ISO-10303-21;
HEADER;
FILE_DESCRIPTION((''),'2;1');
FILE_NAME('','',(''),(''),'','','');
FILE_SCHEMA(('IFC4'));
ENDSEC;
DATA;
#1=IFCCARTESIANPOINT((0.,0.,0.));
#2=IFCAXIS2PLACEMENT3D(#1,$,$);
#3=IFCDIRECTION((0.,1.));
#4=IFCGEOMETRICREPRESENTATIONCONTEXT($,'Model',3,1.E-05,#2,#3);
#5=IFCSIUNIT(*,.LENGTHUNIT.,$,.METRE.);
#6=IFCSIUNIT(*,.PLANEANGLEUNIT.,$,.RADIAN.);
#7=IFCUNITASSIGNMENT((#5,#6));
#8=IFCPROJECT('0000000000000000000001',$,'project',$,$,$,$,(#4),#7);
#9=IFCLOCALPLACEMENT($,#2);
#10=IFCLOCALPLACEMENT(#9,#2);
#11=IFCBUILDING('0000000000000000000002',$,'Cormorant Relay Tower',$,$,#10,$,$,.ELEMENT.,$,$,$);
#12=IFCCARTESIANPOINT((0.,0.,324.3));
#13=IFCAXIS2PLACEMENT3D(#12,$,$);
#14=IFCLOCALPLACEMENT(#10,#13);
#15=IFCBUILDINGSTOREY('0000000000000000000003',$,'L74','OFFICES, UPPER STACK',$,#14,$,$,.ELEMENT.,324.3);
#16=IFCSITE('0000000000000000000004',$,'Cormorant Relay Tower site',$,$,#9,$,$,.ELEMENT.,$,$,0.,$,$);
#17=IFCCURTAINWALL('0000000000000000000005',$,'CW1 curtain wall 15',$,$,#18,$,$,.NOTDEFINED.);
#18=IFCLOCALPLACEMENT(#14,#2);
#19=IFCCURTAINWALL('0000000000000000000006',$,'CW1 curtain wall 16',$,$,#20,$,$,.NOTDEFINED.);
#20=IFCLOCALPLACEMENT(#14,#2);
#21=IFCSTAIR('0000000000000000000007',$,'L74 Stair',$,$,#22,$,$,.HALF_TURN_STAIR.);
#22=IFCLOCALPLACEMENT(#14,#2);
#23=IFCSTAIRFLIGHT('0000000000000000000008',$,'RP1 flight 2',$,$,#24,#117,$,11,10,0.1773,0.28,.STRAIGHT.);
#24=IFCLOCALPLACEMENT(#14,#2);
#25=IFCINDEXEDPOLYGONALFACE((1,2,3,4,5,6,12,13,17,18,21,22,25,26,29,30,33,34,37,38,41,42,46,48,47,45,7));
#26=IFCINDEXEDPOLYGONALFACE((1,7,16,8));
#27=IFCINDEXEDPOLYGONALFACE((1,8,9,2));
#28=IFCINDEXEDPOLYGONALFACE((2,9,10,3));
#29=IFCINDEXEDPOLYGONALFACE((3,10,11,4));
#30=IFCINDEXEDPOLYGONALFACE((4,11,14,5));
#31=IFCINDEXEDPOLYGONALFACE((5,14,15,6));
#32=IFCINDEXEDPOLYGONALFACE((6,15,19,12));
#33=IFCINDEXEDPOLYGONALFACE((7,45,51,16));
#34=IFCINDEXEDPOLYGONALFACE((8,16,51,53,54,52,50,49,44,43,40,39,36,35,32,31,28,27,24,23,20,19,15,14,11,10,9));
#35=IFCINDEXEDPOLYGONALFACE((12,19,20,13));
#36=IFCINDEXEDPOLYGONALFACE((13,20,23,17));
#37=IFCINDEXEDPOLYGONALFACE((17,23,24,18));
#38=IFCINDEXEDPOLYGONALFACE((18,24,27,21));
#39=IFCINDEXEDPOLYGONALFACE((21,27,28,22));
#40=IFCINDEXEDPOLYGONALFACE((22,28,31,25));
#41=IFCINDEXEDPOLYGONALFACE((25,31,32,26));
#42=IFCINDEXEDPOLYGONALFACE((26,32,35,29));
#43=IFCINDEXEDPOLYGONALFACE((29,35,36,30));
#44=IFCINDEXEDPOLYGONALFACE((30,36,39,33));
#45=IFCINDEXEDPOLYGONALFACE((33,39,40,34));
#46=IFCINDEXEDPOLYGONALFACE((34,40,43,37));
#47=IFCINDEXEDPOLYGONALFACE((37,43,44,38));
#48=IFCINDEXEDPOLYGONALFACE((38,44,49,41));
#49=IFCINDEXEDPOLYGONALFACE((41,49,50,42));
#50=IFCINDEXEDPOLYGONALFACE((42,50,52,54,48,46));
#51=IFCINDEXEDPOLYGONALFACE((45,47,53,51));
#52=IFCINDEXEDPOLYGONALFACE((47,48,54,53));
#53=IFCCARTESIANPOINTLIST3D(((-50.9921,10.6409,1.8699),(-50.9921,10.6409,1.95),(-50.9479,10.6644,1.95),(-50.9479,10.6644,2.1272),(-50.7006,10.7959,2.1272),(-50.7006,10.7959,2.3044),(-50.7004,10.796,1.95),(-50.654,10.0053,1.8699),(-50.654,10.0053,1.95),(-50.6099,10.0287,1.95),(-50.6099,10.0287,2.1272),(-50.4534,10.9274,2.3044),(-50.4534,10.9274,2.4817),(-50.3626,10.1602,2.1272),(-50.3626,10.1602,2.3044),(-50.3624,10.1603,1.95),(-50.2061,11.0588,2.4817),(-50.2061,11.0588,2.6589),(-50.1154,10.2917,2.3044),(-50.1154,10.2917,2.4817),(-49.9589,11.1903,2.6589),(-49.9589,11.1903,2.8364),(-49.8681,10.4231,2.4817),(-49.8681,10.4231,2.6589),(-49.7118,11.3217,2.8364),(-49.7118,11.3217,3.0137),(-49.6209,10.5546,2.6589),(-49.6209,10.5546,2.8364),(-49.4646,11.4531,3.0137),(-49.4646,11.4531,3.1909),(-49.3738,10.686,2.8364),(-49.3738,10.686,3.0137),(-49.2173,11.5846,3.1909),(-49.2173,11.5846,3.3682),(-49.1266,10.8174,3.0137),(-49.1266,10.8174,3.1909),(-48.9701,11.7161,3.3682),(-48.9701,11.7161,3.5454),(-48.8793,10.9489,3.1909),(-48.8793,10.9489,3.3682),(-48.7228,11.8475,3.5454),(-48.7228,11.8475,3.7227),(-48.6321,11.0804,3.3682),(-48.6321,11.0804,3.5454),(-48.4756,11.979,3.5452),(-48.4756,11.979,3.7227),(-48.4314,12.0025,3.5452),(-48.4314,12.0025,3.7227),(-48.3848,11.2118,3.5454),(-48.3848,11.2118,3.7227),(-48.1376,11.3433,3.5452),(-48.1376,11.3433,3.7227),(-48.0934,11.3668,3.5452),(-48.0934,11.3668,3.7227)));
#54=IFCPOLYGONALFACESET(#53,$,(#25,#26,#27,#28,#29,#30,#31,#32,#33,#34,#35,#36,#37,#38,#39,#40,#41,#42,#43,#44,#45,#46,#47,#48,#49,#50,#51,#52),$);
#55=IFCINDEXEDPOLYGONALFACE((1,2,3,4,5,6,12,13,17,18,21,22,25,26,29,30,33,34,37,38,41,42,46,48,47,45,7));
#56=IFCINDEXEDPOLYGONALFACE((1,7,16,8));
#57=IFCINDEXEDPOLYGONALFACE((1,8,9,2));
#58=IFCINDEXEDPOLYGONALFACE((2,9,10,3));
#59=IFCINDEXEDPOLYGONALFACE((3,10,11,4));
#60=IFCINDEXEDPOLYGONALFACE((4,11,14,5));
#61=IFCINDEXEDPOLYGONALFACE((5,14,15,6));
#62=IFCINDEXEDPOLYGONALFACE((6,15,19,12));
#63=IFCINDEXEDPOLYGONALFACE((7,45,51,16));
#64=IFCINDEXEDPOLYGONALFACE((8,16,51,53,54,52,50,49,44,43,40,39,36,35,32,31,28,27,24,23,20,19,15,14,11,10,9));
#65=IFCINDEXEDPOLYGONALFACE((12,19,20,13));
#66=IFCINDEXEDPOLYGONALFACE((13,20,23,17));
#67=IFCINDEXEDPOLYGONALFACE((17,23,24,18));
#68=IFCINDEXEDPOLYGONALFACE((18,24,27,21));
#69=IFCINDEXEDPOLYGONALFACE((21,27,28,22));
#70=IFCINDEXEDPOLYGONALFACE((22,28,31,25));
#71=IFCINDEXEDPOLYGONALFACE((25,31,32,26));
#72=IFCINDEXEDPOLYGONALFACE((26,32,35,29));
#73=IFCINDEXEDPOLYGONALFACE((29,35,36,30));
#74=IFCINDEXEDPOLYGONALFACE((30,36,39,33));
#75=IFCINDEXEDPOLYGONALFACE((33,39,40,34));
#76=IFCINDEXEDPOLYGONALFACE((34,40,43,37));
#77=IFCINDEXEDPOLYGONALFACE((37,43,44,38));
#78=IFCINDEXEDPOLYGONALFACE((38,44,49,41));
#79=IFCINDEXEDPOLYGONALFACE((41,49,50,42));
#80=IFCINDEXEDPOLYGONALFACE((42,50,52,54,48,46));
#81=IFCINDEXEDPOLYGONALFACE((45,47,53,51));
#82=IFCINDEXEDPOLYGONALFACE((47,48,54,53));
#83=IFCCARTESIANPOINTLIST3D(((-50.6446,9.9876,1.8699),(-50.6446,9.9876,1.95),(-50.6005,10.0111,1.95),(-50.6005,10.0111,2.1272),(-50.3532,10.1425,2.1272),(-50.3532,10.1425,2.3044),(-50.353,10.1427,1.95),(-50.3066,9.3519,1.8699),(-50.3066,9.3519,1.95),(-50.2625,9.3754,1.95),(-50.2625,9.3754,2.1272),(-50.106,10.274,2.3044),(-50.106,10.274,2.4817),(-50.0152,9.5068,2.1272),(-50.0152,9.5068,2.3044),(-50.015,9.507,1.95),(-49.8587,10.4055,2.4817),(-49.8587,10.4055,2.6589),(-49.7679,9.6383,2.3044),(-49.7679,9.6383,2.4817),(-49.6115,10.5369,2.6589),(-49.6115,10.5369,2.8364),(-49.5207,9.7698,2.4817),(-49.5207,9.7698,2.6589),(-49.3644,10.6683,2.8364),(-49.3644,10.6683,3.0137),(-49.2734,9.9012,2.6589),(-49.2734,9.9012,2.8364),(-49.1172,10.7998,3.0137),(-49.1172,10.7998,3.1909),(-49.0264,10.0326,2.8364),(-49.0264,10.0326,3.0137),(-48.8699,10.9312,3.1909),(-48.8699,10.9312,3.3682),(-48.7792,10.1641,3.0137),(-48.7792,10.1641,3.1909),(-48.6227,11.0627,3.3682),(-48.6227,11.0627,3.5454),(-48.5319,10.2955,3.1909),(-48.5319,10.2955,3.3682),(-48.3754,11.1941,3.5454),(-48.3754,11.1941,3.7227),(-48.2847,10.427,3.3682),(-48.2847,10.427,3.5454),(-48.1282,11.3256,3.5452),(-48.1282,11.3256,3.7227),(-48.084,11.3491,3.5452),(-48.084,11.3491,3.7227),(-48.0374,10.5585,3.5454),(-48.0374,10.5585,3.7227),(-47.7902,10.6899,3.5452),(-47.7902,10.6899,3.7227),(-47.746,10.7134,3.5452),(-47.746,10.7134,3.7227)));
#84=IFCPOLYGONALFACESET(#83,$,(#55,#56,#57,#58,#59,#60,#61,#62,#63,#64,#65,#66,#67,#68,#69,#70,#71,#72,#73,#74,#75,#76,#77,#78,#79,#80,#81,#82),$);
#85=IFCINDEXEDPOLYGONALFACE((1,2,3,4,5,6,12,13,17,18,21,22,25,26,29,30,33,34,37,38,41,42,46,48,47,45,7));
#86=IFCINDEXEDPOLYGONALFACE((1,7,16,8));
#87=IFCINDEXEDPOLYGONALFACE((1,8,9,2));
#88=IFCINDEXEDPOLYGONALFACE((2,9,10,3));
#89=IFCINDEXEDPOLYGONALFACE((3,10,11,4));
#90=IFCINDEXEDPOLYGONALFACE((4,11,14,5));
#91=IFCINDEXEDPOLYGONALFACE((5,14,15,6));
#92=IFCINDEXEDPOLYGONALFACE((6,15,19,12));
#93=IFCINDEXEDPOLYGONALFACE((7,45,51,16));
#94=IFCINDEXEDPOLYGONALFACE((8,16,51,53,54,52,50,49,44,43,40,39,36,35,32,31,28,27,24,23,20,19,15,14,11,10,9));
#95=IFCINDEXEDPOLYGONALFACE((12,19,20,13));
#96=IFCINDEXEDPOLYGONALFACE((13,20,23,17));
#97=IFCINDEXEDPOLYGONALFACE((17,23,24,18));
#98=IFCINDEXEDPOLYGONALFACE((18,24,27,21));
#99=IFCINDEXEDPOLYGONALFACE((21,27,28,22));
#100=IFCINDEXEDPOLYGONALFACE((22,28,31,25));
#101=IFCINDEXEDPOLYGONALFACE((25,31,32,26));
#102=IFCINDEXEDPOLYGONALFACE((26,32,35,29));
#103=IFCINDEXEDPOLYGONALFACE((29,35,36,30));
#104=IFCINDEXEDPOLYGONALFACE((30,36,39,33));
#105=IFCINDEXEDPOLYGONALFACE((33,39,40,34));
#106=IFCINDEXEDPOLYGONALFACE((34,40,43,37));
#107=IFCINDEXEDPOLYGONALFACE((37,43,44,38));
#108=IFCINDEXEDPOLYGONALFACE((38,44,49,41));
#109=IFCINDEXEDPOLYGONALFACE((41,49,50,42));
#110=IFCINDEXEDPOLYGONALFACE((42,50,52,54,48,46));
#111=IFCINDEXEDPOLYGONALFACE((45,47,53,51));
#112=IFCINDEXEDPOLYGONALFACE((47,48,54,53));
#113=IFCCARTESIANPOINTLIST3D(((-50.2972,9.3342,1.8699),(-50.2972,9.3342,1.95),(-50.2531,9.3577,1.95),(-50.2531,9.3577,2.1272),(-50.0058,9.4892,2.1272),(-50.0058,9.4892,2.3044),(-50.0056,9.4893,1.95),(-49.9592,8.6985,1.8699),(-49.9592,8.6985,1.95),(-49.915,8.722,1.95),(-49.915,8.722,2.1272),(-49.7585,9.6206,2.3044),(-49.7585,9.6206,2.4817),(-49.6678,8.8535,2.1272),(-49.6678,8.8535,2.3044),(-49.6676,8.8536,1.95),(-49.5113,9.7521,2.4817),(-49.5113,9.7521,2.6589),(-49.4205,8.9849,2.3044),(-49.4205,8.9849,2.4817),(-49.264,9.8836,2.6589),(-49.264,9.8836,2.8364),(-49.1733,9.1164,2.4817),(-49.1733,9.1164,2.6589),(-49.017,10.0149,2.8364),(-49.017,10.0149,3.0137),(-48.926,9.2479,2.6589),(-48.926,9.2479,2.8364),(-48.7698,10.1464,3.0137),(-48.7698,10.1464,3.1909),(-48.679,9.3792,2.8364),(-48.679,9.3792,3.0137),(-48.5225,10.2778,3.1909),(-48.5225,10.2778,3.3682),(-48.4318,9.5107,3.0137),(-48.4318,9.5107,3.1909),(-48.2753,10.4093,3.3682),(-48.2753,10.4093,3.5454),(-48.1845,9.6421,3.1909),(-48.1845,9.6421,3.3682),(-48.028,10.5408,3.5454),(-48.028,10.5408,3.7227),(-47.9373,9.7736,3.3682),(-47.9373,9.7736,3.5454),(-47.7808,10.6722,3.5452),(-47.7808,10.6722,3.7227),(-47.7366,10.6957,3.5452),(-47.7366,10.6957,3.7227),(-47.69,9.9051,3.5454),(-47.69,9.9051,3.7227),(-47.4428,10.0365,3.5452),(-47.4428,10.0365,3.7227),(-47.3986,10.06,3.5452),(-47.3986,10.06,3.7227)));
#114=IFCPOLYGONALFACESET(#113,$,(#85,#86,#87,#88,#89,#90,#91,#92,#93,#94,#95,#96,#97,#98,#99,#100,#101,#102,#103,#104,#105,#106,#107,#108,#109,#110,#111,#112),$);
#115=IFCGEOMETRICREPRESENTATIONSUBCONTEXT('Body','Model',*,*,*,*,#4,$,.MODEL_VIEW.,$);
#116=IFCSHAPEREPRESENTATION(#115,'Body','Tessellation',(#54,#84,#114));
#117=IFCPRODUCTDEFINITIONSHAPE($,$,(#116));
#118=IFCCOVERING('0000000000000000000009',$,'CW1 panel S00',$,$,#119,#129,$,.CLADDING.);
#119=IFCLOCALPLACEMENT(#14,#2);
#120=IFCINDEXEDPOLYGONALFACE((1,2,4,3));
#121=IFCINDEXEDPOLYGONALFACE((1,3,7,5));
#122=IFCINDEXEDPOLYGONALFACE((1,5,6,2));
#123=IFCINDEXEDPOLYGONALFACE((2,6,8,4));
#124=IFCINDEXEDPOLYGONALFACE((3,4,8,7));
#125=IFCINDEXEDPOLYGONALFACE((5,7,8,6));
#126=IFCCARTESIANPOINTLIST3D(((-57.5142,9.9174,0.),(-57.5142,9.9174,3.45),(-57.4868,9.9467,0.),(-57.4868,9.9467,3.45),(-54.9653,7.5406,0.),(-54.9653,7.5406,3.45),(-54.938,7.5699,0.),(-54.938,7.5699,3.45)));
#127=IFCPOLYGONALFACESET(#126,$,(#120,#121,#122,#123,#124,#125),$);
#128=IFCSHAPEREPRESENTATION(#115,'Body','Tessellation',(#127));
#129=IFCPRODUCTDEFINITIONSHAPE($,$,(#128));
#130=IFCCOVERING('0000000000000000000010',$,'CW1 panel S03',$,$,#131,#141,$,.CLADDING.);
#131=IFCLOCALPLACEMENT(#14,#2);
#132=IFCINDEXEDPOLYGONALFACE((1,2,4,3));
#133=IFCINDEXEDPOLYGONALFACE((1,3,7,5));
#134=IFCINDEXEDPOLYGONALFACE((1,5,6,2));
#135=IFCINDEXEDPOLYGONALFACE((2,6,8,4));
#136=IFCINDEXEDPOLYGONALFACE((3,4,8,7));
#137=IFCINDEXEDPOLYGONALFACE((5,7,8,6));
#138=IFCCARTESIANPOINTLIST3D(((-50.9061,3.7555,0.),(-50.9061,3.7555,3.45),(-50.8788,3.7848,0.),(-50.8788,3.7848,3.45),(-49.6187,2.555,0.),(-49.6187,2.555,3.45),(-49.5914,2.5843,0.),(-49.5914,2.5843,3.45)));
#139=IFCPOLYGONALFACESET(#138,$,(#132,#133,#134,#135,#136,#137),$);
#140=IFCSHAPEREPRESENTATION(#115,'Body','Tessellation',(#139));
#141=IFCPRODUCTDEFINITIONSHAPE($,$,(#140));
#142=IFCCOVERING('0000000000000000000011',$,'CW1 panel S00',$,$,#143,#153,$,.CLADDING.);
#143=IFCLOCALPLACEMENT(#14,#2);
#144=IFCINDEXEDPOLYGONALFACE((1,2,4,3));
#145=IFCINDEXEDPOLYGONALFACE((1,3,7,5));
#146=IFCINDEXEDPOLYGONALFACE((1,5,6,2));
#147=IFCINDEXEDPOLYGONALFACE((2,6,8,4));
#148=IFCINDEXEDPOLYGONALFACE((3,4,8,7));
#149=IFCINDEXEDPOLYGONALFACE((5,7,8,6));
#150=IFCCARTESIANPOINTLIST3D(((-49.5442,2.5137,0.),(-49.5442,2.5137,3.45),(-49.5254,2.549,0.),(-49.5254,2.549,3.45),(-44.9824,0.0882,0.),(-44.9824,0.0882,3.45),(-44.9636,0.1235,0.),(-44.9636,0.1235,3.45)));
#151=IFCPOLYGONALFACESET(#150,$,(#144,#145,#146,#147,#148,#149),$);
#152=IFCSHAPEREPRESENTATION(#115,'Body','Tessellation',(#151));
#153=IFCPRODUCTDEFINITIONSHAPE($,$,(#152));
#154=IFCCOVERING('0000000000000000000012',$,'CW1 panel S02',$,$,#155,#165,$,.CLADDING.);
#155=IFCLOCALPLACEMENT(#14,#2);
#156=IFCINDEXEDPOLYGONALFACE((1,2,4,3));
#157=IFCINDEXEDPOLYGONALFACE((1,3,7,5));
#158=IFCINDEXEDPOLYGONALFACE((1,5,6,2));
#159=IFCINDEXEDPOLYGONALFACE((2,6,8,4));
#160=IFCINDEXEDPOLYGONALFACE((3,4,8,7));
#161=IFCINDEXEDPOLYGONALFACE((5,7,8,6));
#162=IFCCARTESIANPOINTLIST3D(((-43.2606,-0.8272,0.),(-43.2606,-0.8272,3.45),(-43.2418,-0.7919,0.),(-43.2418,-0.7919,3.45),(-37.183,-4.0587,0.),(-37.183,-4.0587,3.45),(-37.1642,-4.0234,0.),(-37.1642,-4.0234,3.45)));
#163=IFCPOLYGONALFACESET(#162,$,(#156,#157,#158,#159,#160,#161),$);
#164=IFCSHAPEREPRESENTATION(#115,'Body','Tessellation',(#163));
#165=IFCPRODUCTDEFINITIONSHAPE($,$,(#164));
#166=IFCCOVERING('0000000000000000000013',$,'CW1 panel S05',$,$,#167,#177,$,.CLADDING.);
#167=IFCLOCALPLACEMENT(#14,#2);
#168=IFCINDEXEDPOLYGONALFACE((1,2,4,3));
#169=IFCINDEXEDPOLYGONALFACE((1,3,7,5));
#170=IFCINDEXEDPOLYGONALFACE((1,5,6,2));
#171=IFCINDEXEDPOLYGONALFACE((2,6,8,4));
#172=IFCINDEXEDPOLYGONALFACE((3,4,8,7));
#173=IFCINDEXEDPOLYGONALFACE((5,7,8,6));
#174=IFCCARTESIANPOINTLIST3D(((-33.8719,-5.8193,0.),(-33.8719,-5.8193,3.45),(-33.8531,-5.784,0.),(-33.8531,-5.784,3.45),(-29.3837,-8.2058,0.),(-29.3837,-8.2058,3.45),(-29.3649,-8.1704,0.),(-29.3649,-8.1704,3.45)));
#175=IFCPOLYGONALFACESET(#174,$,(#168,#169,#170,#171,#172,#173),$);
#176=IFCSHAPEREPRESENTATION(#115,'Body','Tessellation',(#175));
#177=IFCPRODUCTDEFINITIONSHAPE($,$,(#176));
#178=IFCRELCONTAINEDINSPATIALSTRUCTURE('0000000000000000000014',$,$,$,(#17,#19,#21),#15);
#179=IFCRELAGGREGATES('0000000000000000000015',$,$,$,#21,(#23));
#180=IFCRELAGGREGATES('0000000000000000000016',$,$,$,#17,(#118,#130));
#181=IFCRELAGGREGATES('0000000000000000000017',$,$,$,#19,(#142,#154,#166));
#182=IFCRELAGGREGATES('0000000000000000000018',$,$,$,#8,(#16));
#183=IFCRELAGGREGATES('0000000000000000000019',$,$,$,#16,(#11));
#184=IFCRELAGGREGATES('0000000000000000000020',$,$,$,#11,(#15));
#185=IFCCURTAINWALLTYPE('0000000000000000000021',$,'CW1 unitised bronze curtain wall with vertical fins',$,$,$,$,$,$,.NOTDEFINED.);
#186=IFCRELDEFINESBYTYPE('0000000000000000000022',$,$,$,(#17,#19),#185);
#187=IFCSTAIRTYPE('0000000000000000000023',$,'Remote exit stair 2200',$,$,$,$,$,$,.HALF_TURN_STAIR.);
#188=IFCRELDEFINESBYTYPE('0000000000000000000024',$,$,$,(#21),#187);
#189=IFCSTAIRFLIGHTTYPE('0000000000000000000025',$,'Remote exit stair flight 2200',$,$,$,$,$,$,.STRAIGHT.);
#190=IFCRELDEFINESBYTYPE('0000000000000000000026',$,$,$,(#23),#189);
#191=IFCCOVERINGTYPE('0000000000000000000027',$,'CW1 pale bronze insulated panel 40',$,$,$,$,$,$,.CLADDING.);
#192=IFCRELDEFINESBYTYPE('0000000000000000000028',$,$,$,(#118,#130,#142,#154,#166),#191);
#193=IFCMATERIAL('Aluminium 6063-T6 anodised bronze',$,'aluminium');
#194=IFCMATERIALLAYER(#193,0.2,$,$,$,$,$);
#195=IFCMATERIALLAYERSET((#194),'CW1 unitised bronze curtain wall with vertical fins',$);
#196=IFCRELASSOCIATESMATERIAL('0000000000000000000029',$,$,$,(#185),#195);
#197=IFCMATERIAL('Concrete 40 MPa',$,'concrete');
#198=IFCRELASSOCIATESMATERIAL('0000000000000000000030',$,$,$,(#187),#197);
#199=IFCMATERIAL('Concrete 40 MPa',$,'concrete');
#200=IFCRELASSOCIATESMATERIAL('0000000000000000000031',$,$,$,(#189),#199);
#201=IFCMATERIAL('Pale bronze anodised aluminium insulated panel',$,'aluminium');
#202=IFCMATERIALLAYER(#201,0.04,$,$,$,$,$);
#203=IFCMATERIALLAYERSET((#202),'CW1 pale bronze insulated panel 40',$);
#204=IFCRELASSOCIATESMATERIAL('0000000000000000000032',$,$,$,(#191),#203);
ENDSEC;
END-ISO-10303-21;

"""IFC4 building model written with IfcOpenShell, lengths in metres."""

from ifc_helpers import new_model, si_unit, direction, frame, origin, origin_2d, place, context, subcontext, project, spatial, polyline, rectangle, outline, extrude, material, layer, layer_set, type_object, element, aggregate, save


model = new_model("IFC4")

# Units and contexts
model_context = context("Model", 3, precision=1e-05, world=origin(), true_north=direction((0.0, 1.0)))
body_context = subcontext(model_context, "Body", "Model", "MODEL_VIEW")
ifc_project = project(units=[si_unit("LENGTHUNIT", "METRE"), si_unit("PLANEANGLEUNIT", "RADIAN")], contexts=[model_context])

# Site, building, storey
site_placement = place(None, origin())
site = spatial("IfcSite", under=ifc_project, at=site_placement, Name="Cormorant Relay Tower site", CompositionType="ELEMENT", RefElevation=0.0)
building_placement = place(site_placement, origin())
building = spatial("IfcBuilding", under=site, at=building_placement, Name="Cormorant Relay Tower", CompositionType="ELEMENT")
storey_placement = place(building_placement, frame((0.0, 0.0, 324.3)))
storey = spatial("IfcBuildingStorey", under=building, at=storey_placement, Name="L74", Description="OFFICES, UPPER STACK", CompositionType="ELEMENT", Elevation=324.3)

# Curtain walls
ifc_material_1 = material(Name="Aluminium 6063-T6 anodised bronze", Category="aluminium")
ifc_layer_1 = layer(ifc_material_1, 0.2)
ifc_layer_set_1 = layer_set([ifc_layer_1], Name="CW1 unitised bronze curtain wall with vertical fins")
curtain_wall_type = type_object("IfcCurtainWallType", Name="CW1 unitised bronze curtain wall with vertical fins", PredefinedType="NOTDEFINED", material=ifc_layer_set_1)
curtain_wall_1_placement = place(storey_placement, origin())
curtain_wall_1 = element("IfcCurtainWall", 1, at=curtain_wall_1_placement, inside=storey, type_object=curtain_wall_type, Name="CW1 curtain wall 15", PredefinedType="NOTDEFINED")
curtain_wall_2_placement = place(storey_placement, origin())
curtain_wall_2 = element("IfcCurtainWall", 2, at=curtain_wall_2_placement, inside=storey, type_object=curtain_wall_type, Name="CW1 curtain wall 16", PredefinedType="NOTDEFINED")

# Stair, stair flight
ifc_material_2 = material(Name="Concrete 40 MPa", Category="concrete")
stair_type = type_object("IfcStairType", Name="Remote exit stair 2200", PredefinedType="HALF_TURN_STAIR", material=ifc_material_2)
stair_placement = place(storey_placement, origin())
stair = element("IfcStair", 3, at=stair_placement, inside=storey, type_object=stair_type, Name="L74 Stair", PredefinedType="HALF_TURN_STAIR")
ifc_material_3 = material(Name="Concrete 40 MPa", Category="concrete")
stair_flight_type = type_object("IfcStairFlightType", Name="Remote exit stair flight 2200", PredefinedType="STRAIGHT", material=ifc_material_3)
stair_flight_placement = place(storey_placement, frame((-50.4314, 9.6931, 1.95), z_axis=(0.0, 0.0, 1.0), x_axis=(0.882948, 0.469472, 0.0)))
stair_flight = element("IfcStairFlight", 4, at=stair_flight_placement, type_object=stair_flight_type, Name="RP1 flight 2", NumberOfRisers=11, NumberOfTreads=10, PredefinedType="STRAIGHT", RiserHeight=0.1773, TreadLength=0.28, context=body_context, shape_type="SweptSolid", body=[
    extrude(outline(polyline([(-0.05, -0.0801), (-0.05, 0.0), (0.0, 0.0), (0.0, 0.1772), (0.28, 0.1772), (0.28, 0.3545), (0.5601, 0.3545), (0.5601, 0.5317), (0.8401, 0.5317), (0.8401, 0.709), (1.1201, 0.709), (1.1201, 0.8865), (1.3999, 0.8865), (1.3999, 1.0637), (1.6799, 1.0637), (1.6799, 1.241), (1.96, 1.241), (1.96, 1.4182), (2.24, 1.4182), (2.24, 1.5955), (2.52, 1.5955), (2.52, 1.7727), (2.8, 1.7727), (2.8501, 1.7727), (2.8501, 1.5952), (2.8, 1.5952), (0.2803, 0.0), (-0.05, -0.0801)])), frame((0.0, 1.1001, 0.0), z_axis=(0.0, -1.0, 0.0), x_axis=(1.0, 0.0, 0.0)), (0.0, 0.0, 1.0), 0.72),
    extrude(outline(polyline([(-0.05, -0.0801), (-0.05, 0.0), (0.0, 0.0), (0.0, 0.1772), (0.28, 0.1772), (0.28, 0.3545), (0.5601, 0.3545), (0.5601, 0.5317), (0.8401, 0.5317), (0.8401, 0.709), (1.1201, 0.709), (1.1201, 0.8865), (1.3999, 0.8865), (1.3999, 1.0637), (1.6799, 1.0637), (1.6799, 1.241), (1.96, 1.241), (1.96, 1.4182), (2.24, 1.4182), (2.24, 1.5955), (2.52, 1.5955), (2.52, 1.7727), (2.8, 1.7727), (2.8501, 1.7727), (2.8501, 1.5952), (2.8, 1.5952), (0.2803, 0.0), (-0.05, -0.0801)])), frame((0.0, 0.3601, 0.0), z_axis=(0.0, -1.0, 0.0), x_axis=(1.0, 0.0, 0.0)), (0.0, 0.0, 1.0), 0.72),
    extrude(outline(polyline([(-0.05, -0.0801), (-0.05, 0.0), (0.0, 0.0), (0.0, 0.1772), (0.28, 0.1772), (0.28, 0.3545), (0.5601, 0.3545), (0.5601, 0.5317), (0.8401, 0.5317), (0.8401, 0.709), (1.1201, 0.709), (1.1201, 0.8865), (1.3999, 0.8865), (1.3999, 1.0637), (1.6799, 1.0637), (1.6799, 1.241), (1.96, 1.241), (1.96, 1.4182), (2.24, 1.4182), (2.24, 1.5955), (2.52, 1.5955), (2.52, 1.7727), (2.8, 1.7727), (2.8501, 1.7727), (2.8501, 1.5952), (2.8, 1.5952), (0.2803, 0.0), (-0.05, -0.0801)])), frame((0.0, -0.3799, 0.0), z_axis=(0.0, -1.0, 0.0), x_axis=(1.0, 0.0, 0.0)), (0.0, 0.0, 1.0), 0.72),
])
aggregate(stair, [stair_flight])

# Coverings
ifc_material_4 = material(Name="Pale bronze anodised aluminium insulated panel", Category="aluminium")
ifc_layer_2 = layer(ifc_material_4, 0.04)
ifc_layer_set_2 = layer_set([ifc_layer_2], Name="CW1 pale bronze insulated panel 40")
covering_type = type_object("IfcCoveringType", Name="CW1 pale bronze insulated panel 40", PredefinedType="CLADDING", material=ifc_layer_set_2)
covering_1_placement = place(storey_placement, frame((-56.2261, 8.7437, 0.0), z_axis=(0.0, 0.0, 1.0), x_axis=(0.731354, -0.681998, 0.0)))
covering_1 = element("IfcCovering", 5, at=covering_1_placement, type_object=covering_type, Name="CW1 panel S00", PredefinedType="CLADDING", context=body_context, shape_type="SweptSolid", body=[
    extrude(rectangle(XDim=3.4851, YDim=0.04, at=origin_2d()), origin(), (0.0, 0.0, 1.0), 3.45),
])
covering_2_placement = place(storey_placement, frame((-50.2488, 3.1699, 0.0), z_axis=(0.0, 0.0, 1.0), x_axis=(0.731354, -0.681998, 0.0)))
covering_2 = element("IfcCovering", 6, at=covering_2_placement, type_object=covering_type, Name="CW1 panel S03", PredefinedType="CLADDING", context=body_context, shape_type="SweptSolid", body=[
    extrude(rectangle(XDim=1.7603, YDim=0.04, at=origin_2d()), origin(), (0.0, 0.0, 1.0), 3.45),
])
aggregate(curtain_wall_1, [covering_1, covering_2])
covering_3_placement = place(storey_placement, frame((-47.2539, 1.3186, 0.0), z_axis=(0.0, 0.0, 1.0), x_axis=(0.882948, -0.469472, 0.0)))
covering_3 = element("IfcCovering", 7, at=covering_3_placement, type_object=covering_type, Name="CW1 panel S00", PredefinedType="CLADDING", context=body_context, shape_type="SweptSolid", body=[
    extrude(rectangle(XDim=5.1665, YDim=0.04, at=origin_2d()), origin(), (0.0, 0.0, 1.0), 3.45),
])
covering_4_placement = place(storey_placement, frame((-40.2124, -2.4253, 0.0), z_axis=(0.0, 0.0, 1.0), x_axis=(0.882948, -0.469472, 0.0)))
covering_4 = element("IfcCovering", 8, at=covering_4_placement, type_object=covering_type, Name="CW1 panel S02", PredefinedType="CLADDING", context=body_context, shape_type="SweptSolid", body=[
    extrude(rectangle(XDim=6.8833, YDim=0.04, at=origin_2d()), origin(), (0.0, 0.0, 1.0), 3.45),
])
covering_5_placement = place(storey_placement, frame((-31.6184, -6.9949, 0.0), z_axis=(0.0, 0.0, 1.0), x_axis=(0.882948, -0.469472, 0.0)))
covering_5 = element("IfcCovering", 9, at=covering_5_placement, type_object=covering_type, Name="CW1 panel S05", PredefinedType="CLADDING", context=body_context, shape_type="SweptSolid", body=[
    extrude(rectangle(XDim=5.0833, YDim=0.04, at=origin_2d()), origin(), (0.0, 0.0, 1.0), 3.45),
])
aggregate(curtain_wall_2, [covering_3, covering_4, covering_5])

save(model, "model.ifc")
